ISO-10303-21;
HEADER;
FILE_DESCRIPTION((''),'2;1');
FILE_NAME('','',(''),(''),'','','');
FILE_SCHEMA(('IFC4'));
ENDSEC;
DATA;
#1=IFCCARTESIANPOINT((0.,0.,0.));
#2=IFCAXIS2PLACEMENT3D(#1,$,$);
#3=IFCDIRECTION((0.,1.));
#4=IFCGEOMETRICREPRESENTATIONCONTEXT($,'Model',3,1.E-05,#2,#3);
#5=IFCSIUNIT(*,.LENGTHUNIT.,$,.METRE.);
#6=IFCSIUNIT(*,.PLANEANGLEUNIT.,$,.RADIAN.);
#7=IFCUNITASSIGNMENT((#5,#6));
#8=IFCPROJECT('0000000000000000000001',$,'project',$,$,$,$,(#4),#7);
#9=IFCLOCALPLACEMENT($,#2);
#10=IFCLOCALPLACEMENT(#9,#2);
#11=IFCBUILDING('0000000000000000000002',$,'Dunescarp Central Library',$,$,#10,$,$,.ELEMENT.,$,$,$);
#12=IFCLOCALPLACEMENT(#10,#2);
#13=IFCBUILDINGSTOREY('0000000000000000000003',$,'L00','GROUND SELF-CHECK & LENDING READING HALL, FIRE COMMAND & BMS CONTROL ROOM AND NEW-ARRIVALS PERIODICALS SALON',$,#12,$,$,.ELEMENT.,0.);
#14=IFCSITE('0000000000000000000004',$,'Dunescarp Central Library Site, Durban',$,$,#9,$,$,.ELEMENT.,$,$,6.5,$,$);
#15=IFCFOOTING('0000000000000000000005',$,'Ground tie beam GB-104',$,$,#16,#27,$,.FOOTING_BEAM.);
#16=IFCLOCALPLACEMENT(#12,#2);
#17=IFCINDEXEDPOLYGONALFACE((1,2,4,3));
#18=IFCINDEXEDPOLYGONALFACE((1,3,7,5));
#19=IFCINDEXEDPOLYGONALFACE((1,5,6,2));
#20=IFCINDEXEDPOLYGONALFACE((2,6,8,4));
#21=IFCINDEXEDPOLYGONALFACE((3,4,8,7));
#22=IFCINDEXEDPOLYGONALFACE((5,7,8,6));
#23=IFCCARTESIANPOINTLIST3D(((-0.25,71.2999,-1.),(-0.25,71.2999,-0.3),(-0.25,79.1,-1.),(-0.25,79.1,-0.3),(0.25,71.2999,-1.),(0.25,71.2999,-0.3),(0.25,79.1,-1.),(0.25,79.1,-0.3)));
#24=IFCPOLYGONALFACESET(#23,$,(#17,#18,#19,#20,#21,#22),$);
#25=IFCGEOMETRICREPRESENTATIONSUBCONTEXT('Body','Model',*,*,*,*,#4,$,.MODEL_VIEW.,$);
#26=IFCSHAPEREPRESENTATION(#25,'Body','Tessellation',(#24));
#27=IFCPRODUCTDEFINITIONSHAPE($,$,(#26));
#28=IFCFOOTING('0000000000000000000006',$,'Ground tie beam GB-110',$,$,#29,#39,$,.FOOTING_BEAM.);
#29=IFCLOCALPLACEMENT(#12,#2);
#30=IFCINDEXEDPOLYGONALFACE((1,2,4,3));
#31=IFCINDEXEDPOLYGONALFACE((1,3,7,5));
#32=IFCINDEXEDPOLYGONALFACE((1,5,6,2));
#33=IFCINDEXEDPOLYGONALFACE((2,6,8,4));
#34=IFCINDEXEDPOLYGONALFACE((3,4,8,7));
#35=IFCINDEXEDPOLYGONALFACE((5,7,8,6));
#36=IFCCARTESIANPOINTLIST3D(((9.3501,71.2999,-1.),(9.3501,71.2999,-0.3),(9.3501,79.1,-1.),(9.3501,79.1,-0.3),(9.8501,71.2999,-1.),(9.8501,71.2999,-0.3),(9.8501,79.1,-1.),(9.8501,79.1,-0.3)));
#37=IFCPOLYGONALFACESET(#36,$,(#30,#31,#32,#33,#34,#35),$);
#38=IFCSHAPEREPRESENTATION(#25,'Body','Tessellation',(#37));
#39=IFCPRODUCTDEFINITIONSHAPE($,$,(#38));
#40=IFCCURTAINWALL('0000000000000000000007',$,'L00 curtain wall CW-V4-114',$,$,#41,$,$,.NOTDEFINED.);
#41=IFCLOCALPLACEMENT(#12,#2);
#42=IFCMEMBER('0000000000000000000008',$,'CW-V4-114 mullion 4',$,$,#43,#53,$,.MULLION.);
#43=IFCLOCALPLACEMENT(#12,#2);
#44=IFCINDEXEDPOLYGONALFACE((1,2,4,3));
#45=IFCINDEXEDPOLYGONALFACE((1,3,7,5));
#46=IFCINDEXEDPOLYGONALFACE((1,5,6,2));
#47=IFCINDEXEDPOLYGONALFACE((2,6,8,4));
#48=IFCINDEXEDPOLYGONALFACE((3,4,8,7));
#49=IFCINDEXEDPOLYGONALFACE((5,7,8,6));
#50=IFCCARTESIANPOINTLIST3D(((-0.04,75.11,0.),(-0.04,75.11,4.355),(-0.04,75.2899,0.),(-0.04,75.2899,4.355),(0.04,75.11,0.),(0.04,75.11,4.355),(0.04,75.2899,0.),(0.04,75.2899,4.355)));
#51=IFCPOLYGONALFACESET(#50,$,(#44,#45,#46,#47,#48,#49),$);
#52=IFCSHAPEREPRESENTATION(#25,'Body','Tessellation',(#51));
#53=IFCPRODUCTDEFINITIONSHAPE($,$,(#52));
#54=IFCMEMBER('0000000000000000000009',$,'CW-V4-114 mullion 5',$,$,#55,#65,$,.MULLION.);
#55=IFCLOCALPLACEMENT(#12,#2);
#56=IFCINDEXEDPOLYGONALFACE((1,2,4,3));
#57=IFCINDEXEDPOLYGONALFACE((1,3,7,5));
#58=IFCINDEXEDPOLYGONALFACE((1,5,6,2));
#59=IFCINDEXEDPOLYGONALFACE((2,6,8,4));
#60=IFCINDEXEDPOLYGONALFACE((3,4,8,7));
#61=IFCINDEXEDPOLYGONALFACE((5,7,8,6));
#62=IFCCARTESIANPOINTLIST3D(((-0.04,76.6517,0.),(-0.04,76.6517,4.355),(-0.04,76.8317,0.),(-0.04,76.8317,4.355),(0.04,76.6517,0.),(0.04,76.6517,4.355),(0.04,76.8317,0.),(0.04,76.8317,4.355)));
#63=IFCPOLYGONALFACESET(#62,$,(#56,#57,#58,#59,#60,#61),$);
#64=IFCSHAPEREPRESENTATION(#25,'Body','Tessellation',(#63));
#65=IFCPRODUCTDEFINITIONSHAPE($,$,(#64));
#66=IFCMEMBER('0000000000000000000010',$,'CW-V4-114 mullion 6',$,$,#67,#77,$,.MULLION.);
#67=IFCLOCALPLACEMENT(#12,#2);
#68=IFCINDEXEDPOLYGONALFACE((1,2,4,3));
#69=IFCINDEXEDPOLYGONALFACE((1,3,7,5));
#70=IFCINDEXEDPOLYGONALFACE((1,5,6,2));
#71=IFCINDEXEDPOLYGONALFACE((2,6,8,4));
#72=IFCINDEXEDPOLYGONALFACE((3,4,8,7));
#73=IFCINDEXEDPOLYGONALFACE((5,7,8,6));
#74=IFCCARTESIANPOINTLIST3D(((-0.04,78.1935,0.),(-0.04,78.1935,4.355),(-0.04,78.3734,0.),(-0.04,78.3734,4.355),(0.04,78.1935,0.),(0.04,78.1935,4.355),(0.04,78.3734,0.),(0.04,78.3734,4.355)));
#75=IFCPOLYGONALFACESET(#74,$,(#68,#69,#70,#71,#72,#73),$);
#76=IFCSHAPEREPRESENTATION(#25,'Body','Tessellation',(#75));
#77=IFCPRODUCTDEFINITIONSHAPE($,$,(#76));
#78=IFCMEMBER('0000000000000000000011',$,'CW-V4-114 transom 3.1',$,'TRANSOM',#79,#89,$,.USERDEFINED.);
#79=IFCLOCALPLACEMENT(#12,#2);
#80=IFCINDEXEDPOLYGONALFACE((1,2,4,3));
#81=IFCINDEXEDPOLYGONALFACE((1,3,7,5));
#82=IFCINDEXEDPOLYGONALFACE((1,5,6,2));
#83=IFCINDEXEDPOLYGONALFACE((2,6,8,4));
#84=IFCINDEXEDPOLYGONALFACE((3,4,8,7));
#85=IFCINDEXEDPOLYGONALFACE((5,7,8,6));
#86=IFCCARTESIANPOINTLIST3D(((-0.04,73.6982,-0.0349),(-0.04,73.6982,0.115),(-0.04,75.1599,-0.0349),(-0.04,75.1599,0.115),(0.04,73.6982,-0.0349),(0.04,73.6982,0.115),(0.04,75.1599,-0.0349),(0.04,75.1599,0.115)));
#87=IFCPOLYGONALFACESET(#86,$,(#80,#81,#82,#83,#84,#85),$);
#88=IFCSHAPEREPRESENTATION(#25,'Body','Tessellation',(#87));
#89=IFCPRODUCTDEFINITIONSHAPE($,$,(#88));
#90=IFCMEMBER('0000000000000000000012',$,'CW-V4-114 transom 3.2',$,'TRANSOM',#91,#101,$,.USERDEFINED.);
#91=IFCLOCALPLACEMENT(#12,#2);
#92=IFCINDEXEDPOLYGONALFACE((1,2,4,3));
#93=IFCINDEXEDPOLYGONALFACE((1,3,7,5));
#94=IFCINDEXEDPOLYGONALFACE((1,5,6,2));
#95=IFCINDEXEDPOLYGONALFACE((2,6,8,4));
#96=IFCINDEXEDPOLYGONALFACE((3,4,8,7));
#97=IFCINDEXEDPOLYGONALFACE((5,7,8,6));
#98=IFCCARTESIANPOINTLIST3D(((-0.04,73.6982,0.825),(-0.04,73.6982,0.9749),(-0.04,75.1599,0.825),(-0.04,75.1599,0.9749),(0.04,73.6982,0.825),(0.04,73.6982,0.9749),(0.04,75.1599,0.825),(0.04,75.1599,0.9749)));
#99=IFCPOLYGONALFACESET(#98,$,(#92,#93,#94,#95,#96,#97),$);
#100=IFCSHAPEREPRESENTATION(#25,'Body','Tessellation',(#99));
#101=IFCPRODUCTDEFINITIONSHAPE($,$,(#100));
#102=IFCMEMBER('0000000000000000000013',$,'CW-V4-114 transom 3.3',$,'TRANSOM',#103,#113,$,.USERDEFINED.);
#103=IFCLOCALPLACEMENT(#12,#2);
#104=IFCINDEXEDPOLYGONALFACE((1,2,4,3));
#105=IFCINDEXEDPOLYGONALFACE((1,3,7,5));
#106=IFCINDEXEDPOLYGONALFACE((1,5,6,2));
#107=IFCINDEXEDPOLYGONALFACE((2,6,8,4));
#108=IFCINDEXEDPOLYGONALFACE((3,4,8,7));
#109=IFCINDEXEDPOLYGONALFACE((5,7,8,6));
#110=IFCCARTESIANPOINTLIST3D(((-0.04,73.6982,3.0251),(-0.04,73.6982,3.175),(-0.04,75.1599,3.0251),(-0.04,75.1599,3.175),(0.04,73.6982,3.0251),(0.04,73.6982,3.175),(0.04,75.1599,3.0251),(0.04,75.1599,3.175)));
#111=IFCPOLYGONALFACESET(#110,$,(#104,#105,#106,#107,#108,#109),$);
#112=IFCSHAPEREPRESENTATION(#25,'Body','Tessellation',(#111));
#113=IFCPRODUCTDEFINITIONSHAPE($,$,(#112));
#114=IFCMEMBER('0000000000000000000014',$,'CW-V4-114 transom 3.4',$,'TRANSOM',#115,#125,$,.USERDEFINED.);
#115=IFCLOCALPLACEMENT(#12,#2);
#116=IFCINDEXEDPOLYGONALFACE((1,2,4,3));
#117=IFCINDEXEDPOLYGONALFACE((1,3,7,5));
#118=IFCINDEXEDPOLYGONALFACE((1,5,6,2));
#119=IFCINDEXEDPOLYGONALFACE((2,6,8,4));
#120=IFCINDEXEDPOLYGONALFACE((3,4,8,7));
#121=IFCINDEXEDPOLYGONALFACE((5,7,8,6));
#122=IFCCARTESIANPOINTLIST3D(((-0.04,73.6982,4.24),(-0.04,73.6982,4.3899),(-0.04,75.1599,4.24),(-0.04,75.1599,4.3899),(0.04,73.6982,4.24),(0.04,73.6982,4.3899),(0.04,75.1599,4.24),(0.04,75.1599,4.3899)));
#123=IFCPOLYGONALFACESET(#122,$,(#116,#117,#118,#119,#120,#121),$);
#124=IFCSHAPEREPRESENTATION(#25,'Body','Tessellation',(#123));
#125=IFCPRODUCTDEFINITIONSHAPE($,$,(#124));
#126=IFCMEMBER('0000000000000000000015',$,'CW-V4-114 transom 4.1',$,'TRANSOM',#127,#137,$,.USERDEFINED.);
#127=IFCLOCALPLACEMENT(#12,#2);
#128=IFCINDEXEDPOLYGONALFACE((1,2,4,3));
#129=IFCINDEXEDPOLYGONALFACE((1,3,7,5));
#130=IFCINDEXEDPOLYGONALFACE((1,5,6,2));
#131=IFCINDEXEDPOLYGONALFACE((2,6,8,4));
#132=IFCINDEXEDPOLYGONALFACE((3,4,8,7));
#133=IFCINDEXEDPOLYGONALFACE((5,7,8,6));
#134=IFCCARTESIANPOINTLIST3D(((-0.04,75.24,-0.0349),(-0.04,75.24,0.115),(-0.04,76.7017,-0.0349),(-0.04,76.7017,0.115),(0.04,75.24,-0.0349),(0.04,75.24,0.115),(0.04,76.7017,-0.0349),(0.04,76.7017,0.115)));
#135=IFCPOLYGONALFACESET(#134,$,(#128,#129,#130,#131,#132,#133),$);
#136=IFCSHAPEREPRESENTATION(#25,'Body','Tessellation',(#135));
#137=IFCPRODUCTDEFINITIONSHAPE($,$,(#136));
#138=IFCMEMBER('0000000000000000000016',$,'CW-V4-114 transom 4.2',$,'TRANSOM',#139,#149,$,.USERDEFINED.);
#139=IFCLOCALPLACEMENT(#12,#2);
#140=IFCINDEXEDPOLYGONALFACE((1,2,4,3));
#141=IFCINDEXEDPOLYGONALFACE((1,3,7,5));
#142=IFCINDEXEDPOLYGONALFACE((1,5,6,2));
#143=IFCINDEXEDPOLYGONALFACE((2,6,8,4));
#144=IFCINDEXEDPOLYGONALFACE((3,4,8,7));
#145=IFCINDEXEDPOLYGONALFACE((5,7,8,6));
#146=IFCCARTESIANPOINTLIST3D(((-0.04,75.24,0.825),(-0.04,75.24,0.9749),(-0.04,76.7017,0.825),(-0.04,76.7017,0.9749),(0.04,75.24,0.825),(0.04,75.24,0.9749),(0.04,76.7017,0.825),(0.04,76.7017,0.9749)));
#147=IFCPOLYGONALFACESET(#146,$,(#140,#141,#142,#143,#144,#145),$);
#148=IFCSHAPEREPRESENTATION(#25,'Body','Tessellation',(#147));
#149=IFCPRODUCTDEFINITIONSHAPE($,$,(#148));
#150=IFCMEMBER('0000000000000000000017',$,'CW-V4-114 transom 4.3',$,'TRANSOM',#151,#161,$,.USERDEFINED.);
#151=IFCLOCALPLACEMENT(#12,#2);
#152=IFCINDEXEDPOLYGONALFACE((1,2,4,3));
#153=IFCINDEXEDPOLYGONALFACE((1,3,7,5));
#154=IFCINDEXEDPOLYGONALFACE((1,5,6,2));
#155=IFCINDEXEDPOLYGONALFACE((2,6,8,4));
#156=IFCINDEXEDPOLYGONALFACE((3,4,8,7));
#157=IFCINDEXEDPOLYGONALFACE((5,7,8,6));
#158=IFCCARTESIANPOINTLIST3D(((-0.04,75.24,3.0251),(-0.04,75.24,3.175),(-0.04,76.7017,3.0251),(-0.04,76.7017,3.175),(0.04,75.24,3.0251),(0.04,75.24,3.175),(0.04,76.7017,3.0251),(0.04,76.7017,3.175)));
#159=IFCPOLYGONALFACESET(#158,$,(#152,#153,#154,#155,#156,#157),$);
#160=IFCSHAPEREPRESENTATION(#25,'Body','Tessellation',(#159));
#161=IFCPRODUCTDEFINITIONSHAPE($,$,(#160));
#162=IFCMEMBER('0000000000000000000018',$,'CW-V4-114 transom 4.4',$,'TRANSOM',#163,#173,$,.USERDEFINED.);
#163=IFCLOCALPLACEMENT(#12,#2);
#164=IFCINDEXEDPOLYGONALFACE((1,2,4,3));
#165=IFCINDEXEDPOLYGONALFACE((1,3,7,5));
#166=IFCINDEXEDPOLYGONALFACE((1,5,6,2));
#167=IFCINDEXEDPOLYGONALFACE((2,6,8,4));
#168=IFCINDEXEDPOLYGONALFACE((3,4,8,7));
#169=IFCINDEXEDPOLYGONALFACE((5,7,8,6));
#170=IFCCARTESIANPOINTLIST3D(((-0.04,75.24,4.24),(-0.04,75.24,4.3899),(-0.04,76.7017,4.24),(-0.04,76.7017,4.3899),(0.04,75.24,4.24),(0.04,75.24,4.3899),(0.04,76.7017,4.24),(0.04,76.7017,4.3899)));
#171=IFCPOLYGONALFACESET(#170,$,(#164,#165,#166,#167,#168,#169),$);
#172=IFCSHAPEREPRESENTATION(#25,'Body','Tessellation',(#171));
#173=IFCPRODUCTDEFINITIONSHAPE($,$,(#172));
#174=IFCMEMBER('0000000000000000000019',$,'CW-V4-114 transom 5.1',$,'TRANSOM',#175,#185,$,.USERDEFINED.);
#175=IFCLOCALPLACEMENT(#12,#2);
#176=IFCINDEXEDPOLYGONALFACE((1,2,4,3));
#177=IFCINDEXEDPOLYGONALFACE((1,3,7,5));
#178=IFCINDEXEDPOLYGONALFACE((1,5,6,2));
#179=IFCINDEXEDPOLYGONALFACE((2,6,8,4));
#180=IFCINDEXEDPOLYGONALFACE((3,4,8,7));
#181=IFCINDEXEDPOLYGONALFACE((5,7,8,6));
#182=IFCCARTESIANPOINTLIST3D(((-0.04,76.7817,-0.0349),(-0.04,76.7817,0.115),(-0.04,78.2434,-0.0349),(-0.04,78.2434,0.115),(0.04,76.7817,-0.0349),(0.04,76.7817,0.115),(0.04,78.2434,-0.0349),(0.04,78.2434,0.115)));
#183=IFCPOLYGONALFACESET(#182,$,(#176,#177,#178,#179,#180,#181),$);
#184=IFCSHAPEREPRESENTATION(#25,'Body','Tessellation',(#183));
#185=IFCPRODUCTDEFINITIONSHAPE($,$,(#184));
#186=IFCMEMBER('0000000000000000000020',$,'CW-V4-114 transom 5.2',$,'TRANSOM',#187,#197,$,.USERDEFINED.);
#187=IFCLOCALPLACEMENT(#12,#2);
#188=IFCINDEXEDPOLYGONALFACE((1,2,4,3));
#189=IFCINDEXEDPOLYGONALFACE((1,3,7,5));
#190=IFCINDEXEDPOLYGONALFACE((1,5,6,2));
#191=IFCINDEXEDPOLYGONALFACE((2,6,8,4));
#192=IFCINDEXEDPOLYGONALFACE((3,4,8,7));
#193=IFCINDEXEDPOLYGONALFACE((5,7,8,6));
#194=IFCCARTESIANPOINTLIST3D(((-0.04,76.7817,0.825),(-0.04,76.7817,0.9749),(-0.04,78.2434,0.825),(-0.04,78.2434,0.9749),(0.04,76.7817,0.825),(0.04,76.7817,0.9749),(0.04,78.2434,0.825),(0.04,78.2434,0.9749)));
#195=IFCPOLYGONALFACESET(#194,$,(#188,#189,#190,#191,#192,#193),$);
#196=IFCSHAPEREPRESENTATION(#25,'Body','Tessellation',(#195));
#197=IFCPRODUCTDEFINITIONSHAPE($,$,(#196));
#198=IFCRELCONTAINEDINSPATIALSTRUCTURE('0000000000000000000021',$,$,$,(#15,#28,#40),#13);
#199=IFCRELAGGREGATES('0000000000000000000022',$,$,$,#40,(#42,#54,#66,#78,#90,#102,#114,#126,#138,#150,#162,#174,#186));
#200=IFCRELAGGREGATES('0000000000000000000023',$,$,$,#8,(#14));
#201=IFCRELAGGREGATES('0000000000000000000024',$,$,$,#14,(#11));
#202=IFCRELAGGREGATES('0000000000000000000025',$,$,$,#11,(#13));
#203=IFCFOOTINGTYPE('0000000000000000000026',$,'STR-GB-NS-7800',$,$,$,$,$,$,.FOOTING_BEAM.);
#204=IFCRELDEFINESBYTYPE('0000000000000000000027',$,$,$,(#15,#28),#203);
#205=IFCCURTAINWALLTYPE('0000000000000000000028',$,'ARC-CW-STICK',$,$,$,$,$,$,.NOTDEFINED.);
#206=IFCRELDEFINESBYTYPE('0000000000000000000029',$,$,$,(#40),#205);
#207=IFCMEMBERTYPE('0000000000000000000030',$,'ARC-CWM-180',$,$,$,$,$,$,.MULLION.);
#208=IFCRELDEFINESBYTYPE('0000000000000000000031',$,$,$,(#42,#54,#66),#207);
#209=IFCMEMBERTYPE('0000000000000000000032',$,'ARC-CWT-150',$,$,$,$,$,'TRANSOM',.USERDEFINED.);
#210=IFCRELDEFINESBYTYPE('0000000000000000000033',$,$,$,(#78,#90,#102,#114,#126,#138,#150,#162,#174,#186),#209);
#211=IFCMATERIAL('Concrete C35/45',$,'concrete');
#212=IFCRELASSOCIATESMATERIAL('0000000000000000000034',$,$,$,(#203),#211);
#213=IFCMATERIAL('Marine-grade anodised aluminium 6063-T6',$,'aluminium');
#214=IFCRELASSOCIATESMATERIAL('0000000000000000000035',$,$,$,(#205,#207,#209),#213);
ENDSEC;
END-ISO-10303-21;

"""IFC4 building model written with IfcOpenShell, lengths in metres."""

from ifc_helpers import new_model, si_unit, direction, frame, origin, origin_2d, place, context, subcontext, project, spatial, rectangle, extrude, material, material_profile, profile_set, type_object, element, aggregate, save


model = new_model("IFC4")

# Units and contexts
model_context = context("Model", 3, precision=1e-05, world=origin(), true_north=direction((0.0, 1.0)))
body_context = subcontext(model_context, "Body", "Model", "MODEL_VIEW")
ifc_project = project(units=[si_unit("LENGTHUNIT", "METRE"), si_unit("PLANEANGLEUNIT", "RADIAN")], contexts=[model_context])

# Site, building, storey
site_placement = place(None, origin())
site = spatial("IfcSite", under=ifc_project, at=site_placement, Name="Dunescarp Central Library Site, Durban", CompositionType="ELEMENT", RefElevation=6.5)
building_placement = place(site_placement, origin())
building = spatial("IfcBuilding", under=site, at=building_placement, Name="Dunescarp Central Library", CompositionType="ELEMENT")
storey_placement = place(building_placement, origin())
storey = spatial("IfcBuildingStorey", under=building, at=storey_placement, Name="L00", Description="GROUND SELF-CHECK & LENDING READING HALL, FIRE COMMAND & BMS CONTROL ROOM AND NEW-ARRIVALS PERIODICALS SALON", CompositionType="ELEMENT", Elevation=0.0)

# Footings
ifc_material_1 = material(Name="Concrete C35/45", Category="concrete")
footing_type = type_object("IfcFootingType", Name="STR-GB-NS-7800", PredefinedType="FOOTING_BEAM", material=ifc_material_1)
for number, where, z_axis, x_axis, name in (
    (1, (0.0, 75.2, -1.0), (0.0, 0.0, 1.0), (0.0, 1.0, 0.0), "Ground tie beam GB-104"),
    (2, (9.6001, 75.2, -1.0), (0.0, 0.0, 1.0), (0.0, 1.0, 0.0), "Ground tie beam GB-110"),
):
    element("IfcFooting", number, at=place(storey_placement, frame(where, z_axis=z_axis, x_axis=x_axis)), inside=storey, type_object=footing_type, Name=name, PredefinedType="FOOTING_BEAM", context=body_context, shape_type="SweptSolid", body=[
        extrude(rectangle(XDim=7.8, YDim=0.5, at=origin_2d()), origin(), (0.0, 0.0, 1.0), 0.7),
    ])

# Curtain wall, members
ifc_material_2 = material(Name="Marine-grade anodised aluminium 6063-T6", Category="aluminium")
curtain_wall_type = type_object("IfcCurtainWallType", Name="ARC-CW-STICK", PredefinedType="NOTDEFINED", material=ifc_material_2)
curtain_wall_placement = place(storey_placement, origin())
curtain_wall = element("IfcCurtainWall", 3, at=curtain_wall_placement, inside=storey, type_object=curtain_wall_type, Name="L00 curtain wall CW-V4-114", PredefinedType="NOTDEFINED")
ifc_material_profile_1 = material_profile(ifc_material_2, rectangle(XDim=0.0801, YDim=0.1799, at=origin_2d()), Name="AL 80x180")
ifc_profile_set_1 = profile_set([ifc_material_profile_1], Name="Marine-grade anodised aluminium 6063-T6")
member_type_1 = type_object("IfcMemberType", Name="ARC-CWM-180", PredefinedType="MULLION", material=ifc_profile_set_1)
member_1_placement = place(storey_placement, frame((0.0, 75.2, 0.0), z_axis=(0.0, 0.0, 1.0), x_axis=(-1.0, 0.0, 0.0)))
member_1 = element("IfcMember", 4, at=member_1_placement, type_object=member_type_1, Name="CW-V4-114 mullion 4", PredefinedType="MULLION", context=body_context, shape_type="SweptSolid", body=[
    extrude(rectangle(XDim=0.0801, YDim=0.1799, at=origin_2d()), origin(), (0.0, 0.0, 1.0), 4.355),
])
member_2_placement = place(storey_placement, frame((0.0, 76.7417, 0.0), z_axis=(0.0, 0.0, 1.0), x_axis=(-1.0, 0.0, 0.0)))
member_2 = element("IfcMember", 5, at=member_2_placement, type_object=member_type_1, Name="CW-V4-114 mullion 5", PredefinedType="MULLION", context=body_context, shape_type="SweptSolid", body=[
    extrude(rectangle(XDim=0.0801, YDim=0.1799, at=origin_2d()), origin(), (0.0, 0.0, 1.0), 4.355),
])
member_3_placement = place(storey_placement, frame((0.0, 78.2834, 0.0), z_axis=(0.0, 0.0, 1.0), x_axis=(-1.0, 0.0, 0.0)))
member_3 = element("IfcMember", 6, at=member_3_placement, type_object=member_type_1, Name="CW-V4-114 mullion 6", PredefinedType="MULLION", context=body_context, shape_type="SweptSolid", body=[
    extrude(rectangle(XDim=0.0801, YDim=0.1799, at=origin_2d()), origin(), (0.0, 0.0, 1.0), 4.355),
])
ifc_material_profile_2 = material_profile(ifc_material_2, rectangle(XDim=0.0801, YDim=0.1499, at=origin_2d()), Name="AL 80x150")
ifc_profile_set_2 = profile_set([ifc_material_profile_2], Name="Marine-grade anodised aluminium 6063-T6")
member_type_2 = type_object("IfcMemberType", Name="ARC-CWT-150", ElementType="TRANSOM", PredefinedType="USERDEFINED", material=ifc_profile_set_2)
member_4_placement = place(storey_placement, frame((0.0, 73.6982, 0.04), z_axis=(0.0, 1.0, 0.0), x_axis=(-1.0, 0.0, 0.0)))
member_4 = element("IfcMember", 7, at=member_4_placement, type_object=member_type_2, Name="CW-V4-114 transom 3.1", ObjectType="TRANSOM", PredefinedType="USERDEFINED", context=body_context, shape_type="SweptSolid", body=[
    extrude(rectangle(XDim=0.0801, YDim=0.1499, at=origin_2d()), origin(), (0.0, 0.0, 1.0), 1.4617),
])
member_5_placement = place(storey_placement, frame((0.0, 73.6982, 0.8999), z_axis=(0.0, 1.0, 0.0), x_axis=(-1.0, 0.0, 0.0)))
member_5 = element("IfcMember", 8, at=member_5_placement, type_object=member_type_2, Name="CW-V4-114 transom 3.2", ObjectType="TRANSOM", PredefinedType="USERDEFINED", context=body_context, shape_type="SweptSolid", body=[
    extrude(rectangle(XDim=0.0801, YDim=0.1499, at=origin_2d()), origin(), (0.0, 0.0, 1.0), 1.4617),
])
member_6_placement = place(storey_placement, frame((0.0, 73.6982, 3.1001), z_axis=(0.0, 1.0, 0.0), x_axis=(-1.0, 0.0, 0.0)))
member_6 = element("IfcMember", 9, at=member_6_placement, type_object=member_type_2, Name="CW-V4-114 transom 3.3", ObjectType="TRANSOM", PredefinedType="USERDEFINED", context=body_context, shape_type="SweptSolid", body=[
    extrude(rectangle(XDim=0.0801, YDim=0.1499, at=origin_2d()), origin(), (0.0, 0.0, 1.0), 1.4617),
])
member_7_placement = place(storey_placement, frame((0.0, 73.6982, 4.3149), z_axis=(0.0, 1.0, 0.0), x_axis=(-1.0, 0.0, 0.0)))
member_7 = element("IfcMember", 10, at=member_7_placement, type_object=member_type_2, Name="CW-V4-114 transom 3.4", ObjectType="TRANSOM", PredefinedType="USERDEFINED", context=body_context, shape_type="SweptSolid", body=[
    extrude(rectangle(XDim=0.0801, YDim=0.1499, at=origin_2d()), origin(), (0.0, 0.0, 1.0), 1.4617),
])
member_8_placement = place(storey_placement, frame((0.0, 75.24, 0.04), z_axis=(0.0, 1.0, 0.0), x_axis=(-1.0, 0.0, 0.0)))
member_8 = element("IfcMember", 11, at=member_8_placement, type_object=member_type_2, Name="CW-V4-114 transom 4.1", ObjectType="TRANSOM", PredefinedType="USERDEFINED", context=body_context, shape_type="SweptSolid", body=[
    extrude(rectangle(XDim=0.0801, YDim=0.1499, at=origin_2d()), origin(), (0.0, 0.0, 1.0), 1.4617),
])
member_9_placement = place(storey_placement, frame((0.0, 75.24, 0.8999), z_axis=(0.0, 1.0, 0.0), x_axis=(-1.0, 0.0, 0.0)))
member_9 = element("IfcMember", 12, at=member_9_placement, type_object=member_type_2, Name="CW-V4-114 transom 4.2", ObjectType="TRANSOM", PredefinedType="USERDEFINED", context=body_context, shape_type="SweptSolid", body=[
    extrude(rectangle(XDim=0.0801, YDim=0.1499, at=origin_2d()), origin(), (0.0, 0.0, 1.0), 1.4617),
])
member_10_placement = place(storey_placement, frame((0.0, 75.24, 3.1001), z_axis=(0.0, 1.0, 0.0), x_axis=(-1.0, 0.0, 0.0)))
member_10 = element("IfcMember", 13, at=member_10_placement, type_object=member_type_2, Name="CW-V4-114 transom 4.3", ObjectType="TRANSOM", PredefinedType="USERDEFINED", context=body_context, shape_type="SweptSolid", body=[
    extrude(rectangle(XDim=0.0801, YDim=0.1499, at=origin_2d()), origin(), (0.0, 0.0, 1.0), 1.4617),
])
member_11_placement = place(storey_placement, frame((0.0, 75.24, 4.3149), z_axis=(0.0, 1.0, 0.0), x_axis=(-1.0, 0.0, 0.0)))
member_11 = element("IfcMember", 14, at=member_11_placement, type_object=member_type_2, Name="CW-V4-114 transom 4.4", ObjectType="TRANSOM", PredefinedType="USERDEFINED", context=body_context, shape_type="SweptSolid", body=[
    extrude(rectangle(XDim=0.0801, YDim=0.1499, at=origin_2d()), origin(), (0.0, 0.0, 1.0), 1.4617),
])
member_12_placement = place(storey_placement, frame((0.0, 76.7817, 0.04), z_axis=(0.0, 1.0, 0.0), x_axis=(-1.0, 0.0, 0.0)))
member_12 = element("IfcMember", 15, at=member_12_placement, type_object=member_type_2, Name="CW-V4-114 transom 5.1", ObjectType="TRANSOM", PredefinedType="USERDEFINED", context=body_context, shape_type="SweptSolid", body=[
    extrude(rectangle(XDim=0.0801, YDim=0.1499, at=origin_2d()), origin(), (0.0, 0.0, 1.0), 1.4617),
])
member_13_placement = place(storey_placement, frame((0.0, 76.7817, 0.8999), z_axis=(0.0, 1.0, 0.0), x_axis=(-1.0, 0.0, 0.0)))
member_13 = element("IfcMember", 16, at=member_13_placement, type_object=member_type_2, Name="CW-V4-114 transom 5.2", ObjectType="TRANSOM", PredefinedType="USERDEFINED", context=body_context, shape_type="SweptSolid", body=[
    extrude(rectangle(XDim=0.0801, YDim=0.1499, at=origin_2d()), origin(), (0.0, 0.0, 1.0), 1.4617),
])
aggregate(curtain_wall, [member_1, member_2, member_3, member_4, member_5, member_6, member_7, member_8, member_9, member_10, member_11, member_12, member_13])

save(model, "model.ifc")
